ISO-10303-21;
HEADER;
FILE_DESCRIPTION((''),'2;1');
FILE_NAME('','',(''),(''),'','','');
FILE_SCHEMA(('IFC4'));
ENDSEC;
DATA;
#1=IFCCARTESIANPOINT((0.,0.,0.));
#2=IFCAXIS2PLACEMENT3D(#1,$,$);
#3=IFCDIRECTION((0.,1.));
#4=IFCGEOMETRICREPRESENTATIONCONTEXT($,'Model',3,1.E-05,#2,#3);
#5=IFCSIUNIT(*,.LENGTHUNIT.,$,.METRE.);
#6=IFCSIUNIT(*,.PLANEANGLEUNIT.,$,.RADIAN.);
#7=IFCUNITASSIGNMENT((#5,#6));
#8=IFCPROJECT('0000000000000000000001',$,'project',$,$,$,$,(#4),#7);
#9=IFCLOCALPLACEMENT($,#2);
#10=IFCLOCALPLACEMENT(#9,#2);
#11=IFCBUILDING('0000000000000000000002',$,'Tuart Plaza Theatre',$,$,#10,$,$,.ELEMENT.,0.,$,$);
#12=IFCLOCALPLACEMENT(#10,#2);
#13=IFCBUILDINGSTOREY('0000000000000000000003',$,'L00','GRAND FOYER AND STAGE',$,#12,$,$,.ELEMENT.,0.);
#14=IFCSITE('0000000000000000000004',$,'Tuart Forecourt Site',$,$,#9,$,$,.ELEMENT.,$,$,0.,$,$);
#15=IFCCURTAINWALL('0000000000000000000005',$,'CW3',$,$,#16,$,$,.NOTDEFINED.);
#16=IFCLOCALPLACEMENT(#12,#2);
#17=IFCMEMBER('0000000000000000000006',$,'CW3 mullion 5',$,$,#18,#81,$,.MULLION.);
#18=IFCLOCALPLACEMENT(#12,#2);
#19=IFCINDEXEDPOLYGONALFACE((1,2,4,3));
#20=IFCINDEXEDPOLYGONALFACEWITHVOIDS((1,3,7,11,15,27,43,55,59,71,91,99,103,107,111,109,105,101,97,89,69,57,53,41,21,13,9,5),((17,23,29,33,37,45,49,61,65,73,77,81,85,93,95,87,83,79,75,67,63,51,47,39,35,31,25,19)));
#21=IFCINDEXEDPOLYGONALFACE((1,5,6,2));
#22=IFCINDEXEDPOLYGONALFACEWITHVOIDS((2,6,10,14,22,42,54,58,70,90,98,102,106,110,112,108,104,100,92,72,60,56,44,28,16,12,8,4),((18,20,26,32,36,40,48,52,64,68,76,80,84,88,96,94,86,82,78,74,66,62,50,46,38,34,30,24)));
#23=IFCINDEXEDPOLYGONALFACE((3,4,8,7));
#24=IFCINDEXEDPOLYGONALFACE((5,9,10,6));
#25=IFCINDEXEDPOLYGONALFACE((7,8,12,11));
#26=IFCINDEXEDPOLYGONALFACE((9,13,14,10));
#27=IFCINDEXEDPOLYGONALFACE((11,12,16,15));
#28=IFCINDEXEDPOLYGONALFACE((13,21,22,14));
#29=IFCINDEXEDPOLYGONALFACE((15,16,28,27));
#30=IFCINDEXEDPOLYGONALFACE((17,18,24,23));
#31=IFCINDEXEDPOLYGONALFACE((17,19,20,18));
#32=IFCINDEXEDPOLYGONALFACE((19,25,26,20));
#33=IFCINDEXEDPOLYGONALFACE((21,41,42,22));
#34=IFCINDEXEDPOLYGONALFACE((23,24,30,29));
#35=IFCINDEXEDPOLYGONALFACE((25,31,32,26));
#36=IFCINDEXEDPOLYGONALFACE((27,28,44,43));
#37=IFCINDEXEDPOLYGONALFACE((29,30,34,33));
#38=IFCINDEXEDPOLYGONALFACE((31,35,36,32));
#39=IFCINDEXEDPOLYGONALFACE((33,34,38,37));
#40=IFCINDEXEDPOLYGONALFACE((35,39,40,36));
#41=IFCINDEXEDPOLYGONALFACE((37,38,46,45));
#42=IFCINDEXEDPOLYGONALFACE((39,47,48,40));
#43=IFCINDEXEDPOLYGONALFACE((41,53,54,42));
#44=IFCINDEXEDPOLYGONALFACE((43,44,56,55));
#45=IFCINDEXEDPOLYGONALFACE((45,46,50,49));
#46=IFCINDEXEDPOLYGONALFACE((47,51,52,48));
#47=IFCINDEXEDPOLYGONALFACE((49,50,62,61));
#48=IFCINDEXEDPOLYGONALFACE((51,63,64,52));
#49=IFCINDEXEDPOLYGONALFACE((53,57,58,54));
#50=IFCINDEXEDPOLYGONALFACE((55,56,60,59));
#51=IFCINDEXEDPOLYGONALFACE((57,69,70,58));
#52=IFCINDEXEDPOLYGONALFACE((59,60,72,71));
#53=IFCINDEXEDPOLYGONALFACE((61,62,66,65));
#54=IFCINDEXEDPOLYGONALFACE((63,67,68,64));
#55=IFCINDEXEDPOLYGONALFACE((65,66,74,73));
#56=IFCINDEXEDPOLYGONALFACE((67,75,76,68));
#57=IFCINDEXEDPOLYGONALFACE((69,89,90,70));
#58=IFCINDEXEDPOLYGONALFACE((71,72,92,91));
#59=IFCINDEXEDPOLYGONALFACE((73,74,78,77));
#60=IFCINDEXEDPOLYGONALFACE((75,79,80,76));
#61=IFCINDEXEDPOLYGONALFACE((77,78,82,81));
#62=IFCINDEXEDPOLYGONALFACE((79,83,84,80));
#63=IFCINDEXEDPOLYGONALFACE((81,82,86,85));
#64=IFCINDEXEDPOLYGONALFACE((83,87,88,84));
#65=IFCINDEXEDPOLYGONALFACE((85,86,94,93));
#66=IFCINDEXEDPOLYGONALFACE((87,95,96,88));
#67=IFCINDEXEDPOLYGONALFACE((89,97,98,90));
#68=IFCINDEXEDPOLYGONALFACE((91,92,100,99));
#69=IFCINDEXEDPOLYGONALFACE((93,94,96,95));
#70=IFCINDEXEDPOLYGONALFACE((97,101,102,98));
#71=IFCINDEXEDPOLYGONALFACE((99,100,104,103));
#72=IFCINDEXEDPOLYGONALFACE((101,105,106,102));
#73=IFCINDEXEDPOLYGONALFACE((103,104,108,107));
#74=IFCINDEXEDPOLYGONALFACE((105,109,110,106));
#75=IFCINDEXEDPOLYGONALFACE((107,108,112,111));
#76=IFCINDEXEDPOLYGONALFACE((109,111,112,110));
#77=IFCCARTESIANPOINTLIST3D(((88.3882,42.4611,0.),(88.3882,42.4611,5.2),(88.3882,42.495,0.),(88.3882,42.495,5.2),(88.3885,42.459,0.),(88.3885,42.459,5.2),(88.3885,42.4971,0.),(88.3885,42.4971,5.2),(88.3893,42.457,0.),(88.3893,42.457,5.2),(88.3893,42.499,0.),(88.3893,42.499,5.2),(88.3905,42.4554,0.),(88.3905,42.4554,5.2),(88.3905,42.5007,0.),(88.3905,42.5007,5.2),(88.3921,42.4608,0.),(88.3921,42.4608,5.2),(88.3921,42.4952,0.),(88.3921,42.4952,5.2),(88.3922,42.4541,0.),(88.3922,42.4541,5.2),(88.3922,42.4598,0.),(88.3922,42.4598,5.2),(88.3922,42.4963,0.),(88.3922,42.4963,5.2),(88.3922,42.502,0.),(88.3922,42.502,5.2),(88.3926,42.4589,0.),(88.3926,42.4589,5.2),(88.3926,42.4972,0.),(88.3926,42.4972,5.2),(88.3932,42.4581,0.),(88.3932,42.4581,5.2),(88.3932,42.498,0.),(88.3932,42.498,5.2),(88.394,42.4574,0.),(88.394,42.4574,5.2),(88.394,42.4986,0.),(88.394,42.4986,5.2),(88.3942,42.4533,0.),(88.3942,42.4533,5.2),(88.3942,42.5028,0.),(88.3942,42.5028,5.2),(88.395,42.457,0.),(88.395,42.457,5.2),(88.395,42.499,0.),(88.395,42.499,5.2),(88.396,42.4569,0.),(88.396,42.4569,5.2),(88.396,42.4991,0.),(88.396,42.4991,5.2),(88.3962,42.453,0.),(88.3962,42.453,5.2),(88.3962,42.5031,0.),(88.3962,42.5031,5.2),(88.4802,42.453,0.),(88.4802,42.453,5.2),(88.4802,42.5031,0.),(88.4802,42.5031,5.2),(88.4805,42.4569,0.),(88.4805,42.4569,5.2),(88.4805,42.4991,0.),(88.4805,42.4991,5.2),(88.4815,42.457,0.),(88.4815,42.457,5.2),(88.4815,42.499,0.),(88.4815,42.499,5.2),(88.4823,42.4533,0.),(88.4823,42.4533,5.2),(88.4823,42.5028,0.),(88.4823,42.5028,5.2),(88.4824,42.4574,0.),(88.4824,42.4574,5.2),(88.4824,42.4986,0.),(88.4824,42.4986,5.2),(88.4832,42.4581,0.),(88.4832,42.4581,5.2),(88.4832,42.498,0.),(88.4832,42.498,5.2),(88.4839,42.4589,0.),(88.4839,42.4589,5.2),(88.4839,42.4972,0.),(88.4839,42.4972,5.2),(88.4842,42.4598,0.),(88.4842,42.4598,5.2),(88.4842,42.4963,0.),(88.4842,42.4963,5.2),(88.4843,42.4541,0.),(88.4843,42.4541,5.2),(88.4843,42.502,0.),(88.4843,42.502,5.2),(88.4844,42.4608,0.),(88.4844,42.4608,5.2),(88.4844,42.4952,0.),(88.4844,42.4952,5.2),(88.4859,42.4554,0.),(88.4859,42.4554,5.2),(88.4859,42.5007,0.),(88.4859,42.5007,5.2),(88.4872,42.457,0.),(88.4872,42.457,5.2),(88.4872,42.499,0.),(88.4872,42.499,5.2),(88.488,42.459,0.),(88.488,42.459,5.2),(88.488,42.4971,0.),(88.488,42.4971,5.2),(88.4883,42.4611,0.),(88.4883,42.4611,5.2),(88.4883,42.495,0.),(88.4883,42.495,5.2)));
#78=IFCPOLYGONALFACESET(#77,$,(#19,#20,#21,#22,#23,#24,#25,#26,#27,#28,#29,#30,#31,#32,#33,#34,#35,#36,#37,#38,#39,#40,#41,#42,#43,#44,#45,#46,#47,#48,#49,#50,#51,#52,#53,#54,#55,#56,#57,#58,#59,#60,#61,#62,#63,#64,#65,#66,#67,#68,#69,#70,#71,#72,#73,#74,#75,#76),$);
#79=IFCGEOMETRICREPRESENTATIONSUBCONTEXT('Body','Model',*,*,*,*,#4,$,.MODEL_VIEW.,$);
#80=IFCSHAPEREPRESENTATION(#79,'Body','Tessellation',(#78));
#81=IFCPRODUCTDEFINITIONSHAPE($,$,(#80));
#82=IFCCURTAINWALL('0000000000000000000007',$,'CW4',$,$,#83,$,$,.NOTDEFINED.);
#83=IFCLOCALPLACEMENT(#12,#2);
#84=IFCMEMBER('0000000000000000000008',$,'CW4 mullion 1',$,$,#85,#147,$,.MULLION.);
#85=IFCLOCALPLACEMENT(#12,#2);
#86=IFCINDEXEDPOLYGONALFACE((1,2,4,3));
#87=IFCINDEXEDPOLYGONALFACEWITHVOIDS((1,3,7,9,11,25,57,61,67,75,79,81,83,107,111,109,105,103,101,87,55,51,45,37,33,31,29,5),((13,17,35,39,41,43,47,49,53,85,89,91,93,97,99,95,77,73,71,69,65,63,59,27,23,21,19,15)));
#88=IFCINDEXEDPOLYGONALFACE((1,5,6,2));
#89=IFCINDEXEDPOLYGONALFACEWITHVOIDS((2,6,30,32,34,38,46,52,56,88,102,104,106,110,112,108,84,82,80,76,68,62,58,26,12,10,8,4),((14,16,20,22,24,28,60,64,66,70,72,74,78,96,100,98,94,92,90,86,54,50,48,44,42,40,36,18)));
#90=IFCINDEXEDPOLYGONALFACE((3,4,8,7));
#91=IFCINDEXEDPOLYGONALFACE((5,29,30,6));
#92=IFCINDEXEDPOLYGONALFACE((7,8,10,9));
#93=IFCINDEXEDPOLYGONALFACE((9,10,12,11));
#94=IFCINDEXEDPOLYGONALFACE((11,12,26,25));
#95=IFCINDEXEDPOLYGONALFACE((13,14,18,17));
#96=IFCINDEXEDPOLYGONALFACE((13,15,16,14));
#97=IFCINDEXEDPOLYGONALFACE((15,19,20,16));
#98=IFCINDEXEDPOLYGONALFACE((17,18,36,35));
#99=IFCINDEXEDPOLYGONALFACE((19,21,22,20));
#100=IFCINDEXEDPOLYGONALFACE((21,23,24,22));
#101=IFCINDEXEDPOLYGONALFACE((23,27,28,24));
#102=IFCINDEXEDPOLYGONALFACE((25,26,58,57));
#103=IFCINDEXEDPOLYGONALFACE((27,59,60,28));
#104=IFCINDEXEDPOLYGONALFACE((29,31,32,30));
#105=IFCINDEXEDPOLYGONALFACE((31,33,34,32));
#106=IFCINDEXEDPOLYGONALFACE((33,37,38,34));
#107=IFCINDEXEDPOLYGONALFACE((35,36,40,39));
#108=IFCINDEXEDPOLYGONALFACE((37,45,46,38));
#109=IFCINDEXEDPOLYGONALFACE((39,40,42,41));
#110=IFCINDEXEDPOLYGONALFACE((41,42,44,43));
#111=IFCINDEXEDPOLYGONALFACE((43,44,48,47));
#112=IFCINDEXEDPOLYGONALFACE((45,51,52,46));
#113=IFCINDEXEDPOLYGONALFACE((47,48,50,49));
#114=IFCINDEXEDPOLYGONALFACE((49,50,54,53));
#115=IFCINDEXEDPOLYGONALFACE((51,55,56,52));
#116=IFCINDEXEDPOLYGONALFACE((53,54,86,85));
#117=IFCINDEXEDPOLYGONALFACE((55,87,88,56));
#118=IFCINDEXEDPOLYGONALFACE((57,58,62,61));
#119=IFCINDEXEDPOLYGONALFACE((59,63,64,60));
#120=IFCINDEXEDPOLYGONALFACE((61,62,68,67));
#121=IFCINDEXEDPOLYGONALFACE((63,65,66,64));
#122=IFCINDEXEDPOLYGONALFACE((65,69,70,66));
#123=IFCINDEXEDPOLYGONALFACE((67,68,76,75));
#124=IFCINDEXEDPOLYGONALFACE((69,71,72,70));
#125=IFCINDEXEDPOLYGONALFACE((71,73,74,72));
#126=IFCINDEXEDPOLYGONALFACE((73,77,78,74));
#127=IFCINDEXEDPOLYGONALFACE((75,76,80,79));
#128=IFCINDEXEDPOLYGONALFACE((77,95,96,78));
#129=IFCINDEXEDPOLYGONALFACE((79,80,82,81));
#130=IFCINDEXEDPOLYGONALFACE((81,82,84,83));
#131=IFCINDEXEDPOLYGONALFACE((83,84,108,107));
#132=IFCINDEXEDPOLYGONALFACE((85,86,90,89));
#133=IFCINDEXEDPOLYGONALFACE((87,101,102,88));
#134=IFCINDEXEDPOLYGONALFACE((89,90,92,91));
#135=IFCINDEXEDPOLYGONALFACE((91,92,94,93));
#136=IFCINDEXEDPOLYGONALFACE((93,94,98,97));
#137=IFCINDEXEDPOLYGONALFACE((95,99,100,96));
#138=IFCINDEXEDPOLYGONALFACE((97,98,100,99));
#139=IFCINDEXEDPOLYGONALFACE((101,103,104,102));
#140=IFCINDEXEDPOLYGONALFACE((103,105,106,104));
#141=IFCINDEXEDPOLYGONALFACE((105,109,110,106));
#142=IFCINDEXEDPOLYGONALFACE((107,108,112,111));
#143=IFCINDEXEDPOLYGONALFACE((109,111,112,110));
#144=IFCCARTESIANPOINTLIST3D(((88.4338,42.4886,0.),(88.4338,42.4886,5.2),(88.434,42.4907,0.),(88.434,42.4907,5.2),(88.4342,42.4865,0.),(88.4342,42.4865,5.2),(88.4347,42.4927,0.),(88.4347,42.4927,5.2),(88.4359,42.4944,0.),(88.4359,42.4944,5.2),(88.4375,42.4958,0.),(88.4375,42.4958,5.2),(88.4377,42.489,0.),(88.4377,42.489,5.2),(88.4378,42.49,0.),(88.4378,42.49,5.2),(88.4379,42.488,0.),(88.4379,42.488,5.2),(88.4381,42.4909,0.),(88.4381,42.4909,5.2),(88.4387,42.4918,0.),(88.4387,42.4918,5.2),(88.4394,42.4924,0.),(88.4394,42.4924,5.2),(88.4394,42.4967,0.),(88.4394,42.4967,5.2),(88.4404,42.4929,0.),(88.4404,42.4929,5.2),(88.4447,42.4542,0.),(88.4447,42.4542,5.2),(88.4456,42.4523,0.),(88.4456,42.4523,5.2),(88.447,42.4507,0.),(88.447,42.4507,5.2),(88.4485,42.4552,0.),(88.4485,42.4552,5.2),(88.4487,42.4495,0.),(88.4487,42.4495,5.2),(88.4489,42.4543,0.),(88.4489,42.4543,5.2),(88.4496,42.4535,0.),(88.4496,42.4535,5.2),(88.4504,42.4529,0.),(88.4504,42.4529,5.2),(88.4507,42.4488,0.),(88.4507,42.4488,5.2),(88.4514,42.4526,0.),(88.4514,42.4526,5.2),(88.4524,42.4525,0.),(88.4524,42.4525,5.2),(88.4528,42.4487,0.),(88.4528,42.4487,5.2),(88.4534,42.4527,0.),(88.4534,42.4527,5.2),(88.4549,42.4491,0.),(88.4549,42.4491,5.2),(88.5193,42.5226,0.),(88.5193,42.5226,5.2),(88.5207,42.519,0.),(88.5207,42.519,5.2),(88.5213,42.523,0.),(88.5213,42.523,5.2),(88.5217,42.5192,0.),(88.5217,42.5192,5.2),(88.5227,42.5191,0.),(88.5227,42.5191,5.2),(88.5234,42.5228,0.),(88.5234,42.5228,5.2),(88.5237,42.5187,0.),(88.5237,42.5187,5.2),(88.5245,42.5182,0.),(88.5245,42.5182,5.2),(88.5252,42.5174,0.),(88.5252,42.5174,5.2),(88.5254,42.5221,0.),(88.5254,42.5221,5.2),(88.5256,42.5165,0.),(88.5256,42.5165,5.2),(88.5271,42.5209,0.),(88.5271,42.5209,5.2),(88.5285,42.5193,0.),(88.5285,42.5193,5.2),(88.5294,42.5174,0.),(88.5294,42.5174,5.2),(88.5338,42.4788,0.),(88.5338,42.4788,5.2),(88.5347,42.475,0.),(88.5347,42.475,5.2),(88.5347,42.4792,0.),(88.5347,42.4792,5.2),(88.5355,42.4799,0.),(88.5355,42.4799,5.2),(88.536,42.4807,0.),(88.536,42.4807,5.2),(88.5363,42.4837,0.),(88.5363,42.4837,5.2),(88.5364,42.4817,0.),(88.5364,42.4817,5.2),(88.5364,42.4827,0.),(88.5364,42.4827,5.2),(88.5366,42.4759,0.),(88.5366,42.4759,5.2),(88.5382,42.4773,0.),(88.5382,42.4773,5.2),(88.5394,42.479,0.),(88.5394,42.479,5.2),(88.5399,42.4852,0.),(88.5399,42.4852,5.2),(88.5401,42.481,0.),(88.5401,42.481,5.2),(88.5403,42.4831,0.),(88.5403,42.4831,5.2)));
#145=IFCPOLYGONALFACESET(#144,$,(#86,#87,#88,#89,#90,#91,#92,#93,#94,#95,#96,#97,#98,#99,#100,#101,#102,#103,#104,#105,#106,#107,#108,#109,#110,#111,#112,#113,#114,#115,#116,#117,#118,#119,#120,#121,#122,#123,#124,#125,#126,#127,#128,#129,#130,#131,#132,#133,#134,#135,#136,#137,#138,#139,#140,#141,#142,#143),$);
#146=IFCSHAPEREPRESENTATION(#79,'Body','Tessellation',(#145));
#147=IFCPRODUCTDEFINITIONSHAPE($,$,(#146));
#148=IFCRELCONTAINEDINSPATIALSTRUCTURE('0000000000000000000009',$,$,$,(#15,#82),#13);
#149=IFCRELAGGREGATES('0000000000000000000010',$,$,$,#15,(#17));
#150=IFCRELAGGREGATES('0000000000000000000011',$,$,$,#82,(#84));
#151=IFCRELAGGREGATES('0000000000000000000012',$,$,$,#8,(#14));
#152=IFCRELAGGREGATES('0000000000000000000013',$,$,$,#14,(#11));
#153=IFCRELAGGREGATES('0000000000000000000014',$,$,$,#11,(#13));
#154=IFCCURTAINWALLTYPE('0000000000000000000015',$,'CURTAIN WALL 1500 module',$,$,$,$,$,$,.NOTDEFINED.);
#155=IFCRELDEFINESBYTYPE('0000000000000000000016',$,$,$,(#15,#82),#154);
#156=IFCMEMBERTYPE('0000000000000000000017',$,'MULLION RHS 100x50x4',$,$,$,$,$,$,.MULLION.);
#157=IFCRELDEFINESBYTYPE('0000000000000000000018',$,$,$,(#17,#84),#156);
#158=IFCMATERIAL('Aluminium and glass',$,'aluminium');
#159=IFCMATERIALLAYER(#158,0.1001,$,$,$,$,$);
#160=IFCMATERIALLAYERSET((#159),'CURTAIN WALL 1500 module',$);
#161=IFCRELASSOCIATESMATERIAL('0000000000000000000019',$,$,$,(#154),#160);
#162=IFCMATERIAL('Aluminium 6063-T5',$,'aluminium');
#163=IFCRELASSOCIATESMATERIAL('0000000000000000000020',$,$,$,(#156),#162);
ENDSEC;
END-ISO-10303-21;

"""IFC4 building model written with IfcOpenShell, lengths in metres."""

from ifc_helpers import new_model, si_unit, direction, frame, origin, origin_2d, place, context, subcontext, project, spatial, hollow_rectangle, extrude, material, layer, layer_set, material_profile, profile_set, type_object, element, aggregate, save


model = new_model("IFC4")

# Units and contexts
model_context = context("Model", 3, precision=1e-05, world=origin(), true_north=direction((0.0, 1.0)))
body_context = subcontext(model_context, "Body", "Model", "MODEL_VIEW")
ifc_project = project(units=[si_unit("LENGTHUNIT", "METRE"), si_unit("PLANEANGLEUNIT", "RADIAN")], contexts=[model_context])

# Site, building, storey
site_placement = place(None, origin())
site = spatial("IfcSite", under=ifc_project, at=site_placement, Name="Tuart Forecourt Site", CompositionType="ELEMENT", RefElevation=0.0)
building_placement = place(site_placement, origin())
building = spatial("IfcBuilding", under=site, at=building_placement, Name="Tuart Plaza Theatre", CompositionType="ELEMENT", ElevationOfRefHeight=0.0)
storey_placement = place(building_placement, origin())
storey = spatial("IfcBuildingStorey", under=building, at=storey_placement, Name="L00", Description="GRAND FOYER AND STAGE", CompositionType="ELEMENT", Elevation=0.0)

# Curtain wall, member
ifc_material_1 = material(Name="Aluminium and glass", Category="aluminium")
ifc_layer_1 = layer(ifc_material_1, 0.1001)
ifc_layer_set_1 = layer_set([ifc_layer_1], Name="CURTAIN WALL 1500 module")
curtain_wall_type = type_object("IfcCurtainWallType", Name="CURTAIN WALL 1500 module", PredefinedType="NOTDEFINED", material=ifc_layer_set_1)
curtain_wall_1_placement = place(storey_placement, origin())
curtain_wall_1 = element("IfcCurtainWall", 1, at=curtain_wall_1_placement, inside=storey, type_object=curtain_wall_type, Name="CW3", PredefinedType="NOTDEFINED")
ifc_material_2 = material(Name="Aluminium 6063-T5", Category="aluminium")
ifc_material_profile_1 = material_profile(ifc_material_2, hollow_rectangle(XDim=0.05, YDim=0.1001, WallThickness=0.0039, InnerFilletRadius=0.0039, OuterFilletRadius=0.0081, at=origin_2d()), Name="RHS 100x50x4")
ifc_profile_set_1 = profile_set([ifc_material_profile_1], Name="Aluminium 6063-T5")
member_type_1 = type_object("IfcMemberType", Name="MULLION RHS 100x50x4", PredefinedType="MULLION", material=ifc_profile_set_1)
member_1_placement = place(storey_placement, frame((88.4382, 42.478, 0.0), z_axis=(0.0, 0.0, 1.0), x_axis=(0.0, 1.0, 0.0)))
member_1 = element("IfcMember", 2, at=member_1_placement, type_object=member_type_1, Name="CW3 mullion 5", PredefinedType="MULLION", context=body_context, shape_type="SweptSolid", body=[
    extrude(hollow_rectangle(XDim=0.05, YDim=0.1001, WallThickness=0.0039, InnerFilletRadius=0.0039, OuterFilletRadius=0.0081, at=origin_2d()), origin(), (0.0, 0.0, 1.0), 5.2),
])

# Curtain wall, member
curtain_wall_2_placement = place(storey_placement, origin())
curtain_wall_2 = element("IfcCurtainWall", 3, at=curtain_wall_2_placement, inside=storey, type_object=curtain_wall_type, Name="CW4", PredefinedType="NOTDEFINED")
member_2_placement = place(storey_placement, frame((88.4871, 42.4858, 0.0), z_axis=(0.0, 0.0, 1.0), x_axis=(-0.309018, 0.951056, 0.0)))
member_2 = element("IfcMember", 4, at=member_2_placement, type_object=member_type_1, Name="CW4 mullion 1", PredefinedType="MULLION", context=body_context, shape_type="SweptSolid", body=[
    extrude(hollow_rectangle(XDim=0.05, YDim=0.1001, WallThickness=0.0039, InnerFilletRadius=0.0039, OuterFilletRadius=0.0081, at=origin_2d()), origin(), (0.0, 0.0, 1.0), 5.2),
])

aggregate(curtain_wall_1, [member_1])
aggregate(curtain_wall_2, [member_2])

save(model, "model.ifc")
